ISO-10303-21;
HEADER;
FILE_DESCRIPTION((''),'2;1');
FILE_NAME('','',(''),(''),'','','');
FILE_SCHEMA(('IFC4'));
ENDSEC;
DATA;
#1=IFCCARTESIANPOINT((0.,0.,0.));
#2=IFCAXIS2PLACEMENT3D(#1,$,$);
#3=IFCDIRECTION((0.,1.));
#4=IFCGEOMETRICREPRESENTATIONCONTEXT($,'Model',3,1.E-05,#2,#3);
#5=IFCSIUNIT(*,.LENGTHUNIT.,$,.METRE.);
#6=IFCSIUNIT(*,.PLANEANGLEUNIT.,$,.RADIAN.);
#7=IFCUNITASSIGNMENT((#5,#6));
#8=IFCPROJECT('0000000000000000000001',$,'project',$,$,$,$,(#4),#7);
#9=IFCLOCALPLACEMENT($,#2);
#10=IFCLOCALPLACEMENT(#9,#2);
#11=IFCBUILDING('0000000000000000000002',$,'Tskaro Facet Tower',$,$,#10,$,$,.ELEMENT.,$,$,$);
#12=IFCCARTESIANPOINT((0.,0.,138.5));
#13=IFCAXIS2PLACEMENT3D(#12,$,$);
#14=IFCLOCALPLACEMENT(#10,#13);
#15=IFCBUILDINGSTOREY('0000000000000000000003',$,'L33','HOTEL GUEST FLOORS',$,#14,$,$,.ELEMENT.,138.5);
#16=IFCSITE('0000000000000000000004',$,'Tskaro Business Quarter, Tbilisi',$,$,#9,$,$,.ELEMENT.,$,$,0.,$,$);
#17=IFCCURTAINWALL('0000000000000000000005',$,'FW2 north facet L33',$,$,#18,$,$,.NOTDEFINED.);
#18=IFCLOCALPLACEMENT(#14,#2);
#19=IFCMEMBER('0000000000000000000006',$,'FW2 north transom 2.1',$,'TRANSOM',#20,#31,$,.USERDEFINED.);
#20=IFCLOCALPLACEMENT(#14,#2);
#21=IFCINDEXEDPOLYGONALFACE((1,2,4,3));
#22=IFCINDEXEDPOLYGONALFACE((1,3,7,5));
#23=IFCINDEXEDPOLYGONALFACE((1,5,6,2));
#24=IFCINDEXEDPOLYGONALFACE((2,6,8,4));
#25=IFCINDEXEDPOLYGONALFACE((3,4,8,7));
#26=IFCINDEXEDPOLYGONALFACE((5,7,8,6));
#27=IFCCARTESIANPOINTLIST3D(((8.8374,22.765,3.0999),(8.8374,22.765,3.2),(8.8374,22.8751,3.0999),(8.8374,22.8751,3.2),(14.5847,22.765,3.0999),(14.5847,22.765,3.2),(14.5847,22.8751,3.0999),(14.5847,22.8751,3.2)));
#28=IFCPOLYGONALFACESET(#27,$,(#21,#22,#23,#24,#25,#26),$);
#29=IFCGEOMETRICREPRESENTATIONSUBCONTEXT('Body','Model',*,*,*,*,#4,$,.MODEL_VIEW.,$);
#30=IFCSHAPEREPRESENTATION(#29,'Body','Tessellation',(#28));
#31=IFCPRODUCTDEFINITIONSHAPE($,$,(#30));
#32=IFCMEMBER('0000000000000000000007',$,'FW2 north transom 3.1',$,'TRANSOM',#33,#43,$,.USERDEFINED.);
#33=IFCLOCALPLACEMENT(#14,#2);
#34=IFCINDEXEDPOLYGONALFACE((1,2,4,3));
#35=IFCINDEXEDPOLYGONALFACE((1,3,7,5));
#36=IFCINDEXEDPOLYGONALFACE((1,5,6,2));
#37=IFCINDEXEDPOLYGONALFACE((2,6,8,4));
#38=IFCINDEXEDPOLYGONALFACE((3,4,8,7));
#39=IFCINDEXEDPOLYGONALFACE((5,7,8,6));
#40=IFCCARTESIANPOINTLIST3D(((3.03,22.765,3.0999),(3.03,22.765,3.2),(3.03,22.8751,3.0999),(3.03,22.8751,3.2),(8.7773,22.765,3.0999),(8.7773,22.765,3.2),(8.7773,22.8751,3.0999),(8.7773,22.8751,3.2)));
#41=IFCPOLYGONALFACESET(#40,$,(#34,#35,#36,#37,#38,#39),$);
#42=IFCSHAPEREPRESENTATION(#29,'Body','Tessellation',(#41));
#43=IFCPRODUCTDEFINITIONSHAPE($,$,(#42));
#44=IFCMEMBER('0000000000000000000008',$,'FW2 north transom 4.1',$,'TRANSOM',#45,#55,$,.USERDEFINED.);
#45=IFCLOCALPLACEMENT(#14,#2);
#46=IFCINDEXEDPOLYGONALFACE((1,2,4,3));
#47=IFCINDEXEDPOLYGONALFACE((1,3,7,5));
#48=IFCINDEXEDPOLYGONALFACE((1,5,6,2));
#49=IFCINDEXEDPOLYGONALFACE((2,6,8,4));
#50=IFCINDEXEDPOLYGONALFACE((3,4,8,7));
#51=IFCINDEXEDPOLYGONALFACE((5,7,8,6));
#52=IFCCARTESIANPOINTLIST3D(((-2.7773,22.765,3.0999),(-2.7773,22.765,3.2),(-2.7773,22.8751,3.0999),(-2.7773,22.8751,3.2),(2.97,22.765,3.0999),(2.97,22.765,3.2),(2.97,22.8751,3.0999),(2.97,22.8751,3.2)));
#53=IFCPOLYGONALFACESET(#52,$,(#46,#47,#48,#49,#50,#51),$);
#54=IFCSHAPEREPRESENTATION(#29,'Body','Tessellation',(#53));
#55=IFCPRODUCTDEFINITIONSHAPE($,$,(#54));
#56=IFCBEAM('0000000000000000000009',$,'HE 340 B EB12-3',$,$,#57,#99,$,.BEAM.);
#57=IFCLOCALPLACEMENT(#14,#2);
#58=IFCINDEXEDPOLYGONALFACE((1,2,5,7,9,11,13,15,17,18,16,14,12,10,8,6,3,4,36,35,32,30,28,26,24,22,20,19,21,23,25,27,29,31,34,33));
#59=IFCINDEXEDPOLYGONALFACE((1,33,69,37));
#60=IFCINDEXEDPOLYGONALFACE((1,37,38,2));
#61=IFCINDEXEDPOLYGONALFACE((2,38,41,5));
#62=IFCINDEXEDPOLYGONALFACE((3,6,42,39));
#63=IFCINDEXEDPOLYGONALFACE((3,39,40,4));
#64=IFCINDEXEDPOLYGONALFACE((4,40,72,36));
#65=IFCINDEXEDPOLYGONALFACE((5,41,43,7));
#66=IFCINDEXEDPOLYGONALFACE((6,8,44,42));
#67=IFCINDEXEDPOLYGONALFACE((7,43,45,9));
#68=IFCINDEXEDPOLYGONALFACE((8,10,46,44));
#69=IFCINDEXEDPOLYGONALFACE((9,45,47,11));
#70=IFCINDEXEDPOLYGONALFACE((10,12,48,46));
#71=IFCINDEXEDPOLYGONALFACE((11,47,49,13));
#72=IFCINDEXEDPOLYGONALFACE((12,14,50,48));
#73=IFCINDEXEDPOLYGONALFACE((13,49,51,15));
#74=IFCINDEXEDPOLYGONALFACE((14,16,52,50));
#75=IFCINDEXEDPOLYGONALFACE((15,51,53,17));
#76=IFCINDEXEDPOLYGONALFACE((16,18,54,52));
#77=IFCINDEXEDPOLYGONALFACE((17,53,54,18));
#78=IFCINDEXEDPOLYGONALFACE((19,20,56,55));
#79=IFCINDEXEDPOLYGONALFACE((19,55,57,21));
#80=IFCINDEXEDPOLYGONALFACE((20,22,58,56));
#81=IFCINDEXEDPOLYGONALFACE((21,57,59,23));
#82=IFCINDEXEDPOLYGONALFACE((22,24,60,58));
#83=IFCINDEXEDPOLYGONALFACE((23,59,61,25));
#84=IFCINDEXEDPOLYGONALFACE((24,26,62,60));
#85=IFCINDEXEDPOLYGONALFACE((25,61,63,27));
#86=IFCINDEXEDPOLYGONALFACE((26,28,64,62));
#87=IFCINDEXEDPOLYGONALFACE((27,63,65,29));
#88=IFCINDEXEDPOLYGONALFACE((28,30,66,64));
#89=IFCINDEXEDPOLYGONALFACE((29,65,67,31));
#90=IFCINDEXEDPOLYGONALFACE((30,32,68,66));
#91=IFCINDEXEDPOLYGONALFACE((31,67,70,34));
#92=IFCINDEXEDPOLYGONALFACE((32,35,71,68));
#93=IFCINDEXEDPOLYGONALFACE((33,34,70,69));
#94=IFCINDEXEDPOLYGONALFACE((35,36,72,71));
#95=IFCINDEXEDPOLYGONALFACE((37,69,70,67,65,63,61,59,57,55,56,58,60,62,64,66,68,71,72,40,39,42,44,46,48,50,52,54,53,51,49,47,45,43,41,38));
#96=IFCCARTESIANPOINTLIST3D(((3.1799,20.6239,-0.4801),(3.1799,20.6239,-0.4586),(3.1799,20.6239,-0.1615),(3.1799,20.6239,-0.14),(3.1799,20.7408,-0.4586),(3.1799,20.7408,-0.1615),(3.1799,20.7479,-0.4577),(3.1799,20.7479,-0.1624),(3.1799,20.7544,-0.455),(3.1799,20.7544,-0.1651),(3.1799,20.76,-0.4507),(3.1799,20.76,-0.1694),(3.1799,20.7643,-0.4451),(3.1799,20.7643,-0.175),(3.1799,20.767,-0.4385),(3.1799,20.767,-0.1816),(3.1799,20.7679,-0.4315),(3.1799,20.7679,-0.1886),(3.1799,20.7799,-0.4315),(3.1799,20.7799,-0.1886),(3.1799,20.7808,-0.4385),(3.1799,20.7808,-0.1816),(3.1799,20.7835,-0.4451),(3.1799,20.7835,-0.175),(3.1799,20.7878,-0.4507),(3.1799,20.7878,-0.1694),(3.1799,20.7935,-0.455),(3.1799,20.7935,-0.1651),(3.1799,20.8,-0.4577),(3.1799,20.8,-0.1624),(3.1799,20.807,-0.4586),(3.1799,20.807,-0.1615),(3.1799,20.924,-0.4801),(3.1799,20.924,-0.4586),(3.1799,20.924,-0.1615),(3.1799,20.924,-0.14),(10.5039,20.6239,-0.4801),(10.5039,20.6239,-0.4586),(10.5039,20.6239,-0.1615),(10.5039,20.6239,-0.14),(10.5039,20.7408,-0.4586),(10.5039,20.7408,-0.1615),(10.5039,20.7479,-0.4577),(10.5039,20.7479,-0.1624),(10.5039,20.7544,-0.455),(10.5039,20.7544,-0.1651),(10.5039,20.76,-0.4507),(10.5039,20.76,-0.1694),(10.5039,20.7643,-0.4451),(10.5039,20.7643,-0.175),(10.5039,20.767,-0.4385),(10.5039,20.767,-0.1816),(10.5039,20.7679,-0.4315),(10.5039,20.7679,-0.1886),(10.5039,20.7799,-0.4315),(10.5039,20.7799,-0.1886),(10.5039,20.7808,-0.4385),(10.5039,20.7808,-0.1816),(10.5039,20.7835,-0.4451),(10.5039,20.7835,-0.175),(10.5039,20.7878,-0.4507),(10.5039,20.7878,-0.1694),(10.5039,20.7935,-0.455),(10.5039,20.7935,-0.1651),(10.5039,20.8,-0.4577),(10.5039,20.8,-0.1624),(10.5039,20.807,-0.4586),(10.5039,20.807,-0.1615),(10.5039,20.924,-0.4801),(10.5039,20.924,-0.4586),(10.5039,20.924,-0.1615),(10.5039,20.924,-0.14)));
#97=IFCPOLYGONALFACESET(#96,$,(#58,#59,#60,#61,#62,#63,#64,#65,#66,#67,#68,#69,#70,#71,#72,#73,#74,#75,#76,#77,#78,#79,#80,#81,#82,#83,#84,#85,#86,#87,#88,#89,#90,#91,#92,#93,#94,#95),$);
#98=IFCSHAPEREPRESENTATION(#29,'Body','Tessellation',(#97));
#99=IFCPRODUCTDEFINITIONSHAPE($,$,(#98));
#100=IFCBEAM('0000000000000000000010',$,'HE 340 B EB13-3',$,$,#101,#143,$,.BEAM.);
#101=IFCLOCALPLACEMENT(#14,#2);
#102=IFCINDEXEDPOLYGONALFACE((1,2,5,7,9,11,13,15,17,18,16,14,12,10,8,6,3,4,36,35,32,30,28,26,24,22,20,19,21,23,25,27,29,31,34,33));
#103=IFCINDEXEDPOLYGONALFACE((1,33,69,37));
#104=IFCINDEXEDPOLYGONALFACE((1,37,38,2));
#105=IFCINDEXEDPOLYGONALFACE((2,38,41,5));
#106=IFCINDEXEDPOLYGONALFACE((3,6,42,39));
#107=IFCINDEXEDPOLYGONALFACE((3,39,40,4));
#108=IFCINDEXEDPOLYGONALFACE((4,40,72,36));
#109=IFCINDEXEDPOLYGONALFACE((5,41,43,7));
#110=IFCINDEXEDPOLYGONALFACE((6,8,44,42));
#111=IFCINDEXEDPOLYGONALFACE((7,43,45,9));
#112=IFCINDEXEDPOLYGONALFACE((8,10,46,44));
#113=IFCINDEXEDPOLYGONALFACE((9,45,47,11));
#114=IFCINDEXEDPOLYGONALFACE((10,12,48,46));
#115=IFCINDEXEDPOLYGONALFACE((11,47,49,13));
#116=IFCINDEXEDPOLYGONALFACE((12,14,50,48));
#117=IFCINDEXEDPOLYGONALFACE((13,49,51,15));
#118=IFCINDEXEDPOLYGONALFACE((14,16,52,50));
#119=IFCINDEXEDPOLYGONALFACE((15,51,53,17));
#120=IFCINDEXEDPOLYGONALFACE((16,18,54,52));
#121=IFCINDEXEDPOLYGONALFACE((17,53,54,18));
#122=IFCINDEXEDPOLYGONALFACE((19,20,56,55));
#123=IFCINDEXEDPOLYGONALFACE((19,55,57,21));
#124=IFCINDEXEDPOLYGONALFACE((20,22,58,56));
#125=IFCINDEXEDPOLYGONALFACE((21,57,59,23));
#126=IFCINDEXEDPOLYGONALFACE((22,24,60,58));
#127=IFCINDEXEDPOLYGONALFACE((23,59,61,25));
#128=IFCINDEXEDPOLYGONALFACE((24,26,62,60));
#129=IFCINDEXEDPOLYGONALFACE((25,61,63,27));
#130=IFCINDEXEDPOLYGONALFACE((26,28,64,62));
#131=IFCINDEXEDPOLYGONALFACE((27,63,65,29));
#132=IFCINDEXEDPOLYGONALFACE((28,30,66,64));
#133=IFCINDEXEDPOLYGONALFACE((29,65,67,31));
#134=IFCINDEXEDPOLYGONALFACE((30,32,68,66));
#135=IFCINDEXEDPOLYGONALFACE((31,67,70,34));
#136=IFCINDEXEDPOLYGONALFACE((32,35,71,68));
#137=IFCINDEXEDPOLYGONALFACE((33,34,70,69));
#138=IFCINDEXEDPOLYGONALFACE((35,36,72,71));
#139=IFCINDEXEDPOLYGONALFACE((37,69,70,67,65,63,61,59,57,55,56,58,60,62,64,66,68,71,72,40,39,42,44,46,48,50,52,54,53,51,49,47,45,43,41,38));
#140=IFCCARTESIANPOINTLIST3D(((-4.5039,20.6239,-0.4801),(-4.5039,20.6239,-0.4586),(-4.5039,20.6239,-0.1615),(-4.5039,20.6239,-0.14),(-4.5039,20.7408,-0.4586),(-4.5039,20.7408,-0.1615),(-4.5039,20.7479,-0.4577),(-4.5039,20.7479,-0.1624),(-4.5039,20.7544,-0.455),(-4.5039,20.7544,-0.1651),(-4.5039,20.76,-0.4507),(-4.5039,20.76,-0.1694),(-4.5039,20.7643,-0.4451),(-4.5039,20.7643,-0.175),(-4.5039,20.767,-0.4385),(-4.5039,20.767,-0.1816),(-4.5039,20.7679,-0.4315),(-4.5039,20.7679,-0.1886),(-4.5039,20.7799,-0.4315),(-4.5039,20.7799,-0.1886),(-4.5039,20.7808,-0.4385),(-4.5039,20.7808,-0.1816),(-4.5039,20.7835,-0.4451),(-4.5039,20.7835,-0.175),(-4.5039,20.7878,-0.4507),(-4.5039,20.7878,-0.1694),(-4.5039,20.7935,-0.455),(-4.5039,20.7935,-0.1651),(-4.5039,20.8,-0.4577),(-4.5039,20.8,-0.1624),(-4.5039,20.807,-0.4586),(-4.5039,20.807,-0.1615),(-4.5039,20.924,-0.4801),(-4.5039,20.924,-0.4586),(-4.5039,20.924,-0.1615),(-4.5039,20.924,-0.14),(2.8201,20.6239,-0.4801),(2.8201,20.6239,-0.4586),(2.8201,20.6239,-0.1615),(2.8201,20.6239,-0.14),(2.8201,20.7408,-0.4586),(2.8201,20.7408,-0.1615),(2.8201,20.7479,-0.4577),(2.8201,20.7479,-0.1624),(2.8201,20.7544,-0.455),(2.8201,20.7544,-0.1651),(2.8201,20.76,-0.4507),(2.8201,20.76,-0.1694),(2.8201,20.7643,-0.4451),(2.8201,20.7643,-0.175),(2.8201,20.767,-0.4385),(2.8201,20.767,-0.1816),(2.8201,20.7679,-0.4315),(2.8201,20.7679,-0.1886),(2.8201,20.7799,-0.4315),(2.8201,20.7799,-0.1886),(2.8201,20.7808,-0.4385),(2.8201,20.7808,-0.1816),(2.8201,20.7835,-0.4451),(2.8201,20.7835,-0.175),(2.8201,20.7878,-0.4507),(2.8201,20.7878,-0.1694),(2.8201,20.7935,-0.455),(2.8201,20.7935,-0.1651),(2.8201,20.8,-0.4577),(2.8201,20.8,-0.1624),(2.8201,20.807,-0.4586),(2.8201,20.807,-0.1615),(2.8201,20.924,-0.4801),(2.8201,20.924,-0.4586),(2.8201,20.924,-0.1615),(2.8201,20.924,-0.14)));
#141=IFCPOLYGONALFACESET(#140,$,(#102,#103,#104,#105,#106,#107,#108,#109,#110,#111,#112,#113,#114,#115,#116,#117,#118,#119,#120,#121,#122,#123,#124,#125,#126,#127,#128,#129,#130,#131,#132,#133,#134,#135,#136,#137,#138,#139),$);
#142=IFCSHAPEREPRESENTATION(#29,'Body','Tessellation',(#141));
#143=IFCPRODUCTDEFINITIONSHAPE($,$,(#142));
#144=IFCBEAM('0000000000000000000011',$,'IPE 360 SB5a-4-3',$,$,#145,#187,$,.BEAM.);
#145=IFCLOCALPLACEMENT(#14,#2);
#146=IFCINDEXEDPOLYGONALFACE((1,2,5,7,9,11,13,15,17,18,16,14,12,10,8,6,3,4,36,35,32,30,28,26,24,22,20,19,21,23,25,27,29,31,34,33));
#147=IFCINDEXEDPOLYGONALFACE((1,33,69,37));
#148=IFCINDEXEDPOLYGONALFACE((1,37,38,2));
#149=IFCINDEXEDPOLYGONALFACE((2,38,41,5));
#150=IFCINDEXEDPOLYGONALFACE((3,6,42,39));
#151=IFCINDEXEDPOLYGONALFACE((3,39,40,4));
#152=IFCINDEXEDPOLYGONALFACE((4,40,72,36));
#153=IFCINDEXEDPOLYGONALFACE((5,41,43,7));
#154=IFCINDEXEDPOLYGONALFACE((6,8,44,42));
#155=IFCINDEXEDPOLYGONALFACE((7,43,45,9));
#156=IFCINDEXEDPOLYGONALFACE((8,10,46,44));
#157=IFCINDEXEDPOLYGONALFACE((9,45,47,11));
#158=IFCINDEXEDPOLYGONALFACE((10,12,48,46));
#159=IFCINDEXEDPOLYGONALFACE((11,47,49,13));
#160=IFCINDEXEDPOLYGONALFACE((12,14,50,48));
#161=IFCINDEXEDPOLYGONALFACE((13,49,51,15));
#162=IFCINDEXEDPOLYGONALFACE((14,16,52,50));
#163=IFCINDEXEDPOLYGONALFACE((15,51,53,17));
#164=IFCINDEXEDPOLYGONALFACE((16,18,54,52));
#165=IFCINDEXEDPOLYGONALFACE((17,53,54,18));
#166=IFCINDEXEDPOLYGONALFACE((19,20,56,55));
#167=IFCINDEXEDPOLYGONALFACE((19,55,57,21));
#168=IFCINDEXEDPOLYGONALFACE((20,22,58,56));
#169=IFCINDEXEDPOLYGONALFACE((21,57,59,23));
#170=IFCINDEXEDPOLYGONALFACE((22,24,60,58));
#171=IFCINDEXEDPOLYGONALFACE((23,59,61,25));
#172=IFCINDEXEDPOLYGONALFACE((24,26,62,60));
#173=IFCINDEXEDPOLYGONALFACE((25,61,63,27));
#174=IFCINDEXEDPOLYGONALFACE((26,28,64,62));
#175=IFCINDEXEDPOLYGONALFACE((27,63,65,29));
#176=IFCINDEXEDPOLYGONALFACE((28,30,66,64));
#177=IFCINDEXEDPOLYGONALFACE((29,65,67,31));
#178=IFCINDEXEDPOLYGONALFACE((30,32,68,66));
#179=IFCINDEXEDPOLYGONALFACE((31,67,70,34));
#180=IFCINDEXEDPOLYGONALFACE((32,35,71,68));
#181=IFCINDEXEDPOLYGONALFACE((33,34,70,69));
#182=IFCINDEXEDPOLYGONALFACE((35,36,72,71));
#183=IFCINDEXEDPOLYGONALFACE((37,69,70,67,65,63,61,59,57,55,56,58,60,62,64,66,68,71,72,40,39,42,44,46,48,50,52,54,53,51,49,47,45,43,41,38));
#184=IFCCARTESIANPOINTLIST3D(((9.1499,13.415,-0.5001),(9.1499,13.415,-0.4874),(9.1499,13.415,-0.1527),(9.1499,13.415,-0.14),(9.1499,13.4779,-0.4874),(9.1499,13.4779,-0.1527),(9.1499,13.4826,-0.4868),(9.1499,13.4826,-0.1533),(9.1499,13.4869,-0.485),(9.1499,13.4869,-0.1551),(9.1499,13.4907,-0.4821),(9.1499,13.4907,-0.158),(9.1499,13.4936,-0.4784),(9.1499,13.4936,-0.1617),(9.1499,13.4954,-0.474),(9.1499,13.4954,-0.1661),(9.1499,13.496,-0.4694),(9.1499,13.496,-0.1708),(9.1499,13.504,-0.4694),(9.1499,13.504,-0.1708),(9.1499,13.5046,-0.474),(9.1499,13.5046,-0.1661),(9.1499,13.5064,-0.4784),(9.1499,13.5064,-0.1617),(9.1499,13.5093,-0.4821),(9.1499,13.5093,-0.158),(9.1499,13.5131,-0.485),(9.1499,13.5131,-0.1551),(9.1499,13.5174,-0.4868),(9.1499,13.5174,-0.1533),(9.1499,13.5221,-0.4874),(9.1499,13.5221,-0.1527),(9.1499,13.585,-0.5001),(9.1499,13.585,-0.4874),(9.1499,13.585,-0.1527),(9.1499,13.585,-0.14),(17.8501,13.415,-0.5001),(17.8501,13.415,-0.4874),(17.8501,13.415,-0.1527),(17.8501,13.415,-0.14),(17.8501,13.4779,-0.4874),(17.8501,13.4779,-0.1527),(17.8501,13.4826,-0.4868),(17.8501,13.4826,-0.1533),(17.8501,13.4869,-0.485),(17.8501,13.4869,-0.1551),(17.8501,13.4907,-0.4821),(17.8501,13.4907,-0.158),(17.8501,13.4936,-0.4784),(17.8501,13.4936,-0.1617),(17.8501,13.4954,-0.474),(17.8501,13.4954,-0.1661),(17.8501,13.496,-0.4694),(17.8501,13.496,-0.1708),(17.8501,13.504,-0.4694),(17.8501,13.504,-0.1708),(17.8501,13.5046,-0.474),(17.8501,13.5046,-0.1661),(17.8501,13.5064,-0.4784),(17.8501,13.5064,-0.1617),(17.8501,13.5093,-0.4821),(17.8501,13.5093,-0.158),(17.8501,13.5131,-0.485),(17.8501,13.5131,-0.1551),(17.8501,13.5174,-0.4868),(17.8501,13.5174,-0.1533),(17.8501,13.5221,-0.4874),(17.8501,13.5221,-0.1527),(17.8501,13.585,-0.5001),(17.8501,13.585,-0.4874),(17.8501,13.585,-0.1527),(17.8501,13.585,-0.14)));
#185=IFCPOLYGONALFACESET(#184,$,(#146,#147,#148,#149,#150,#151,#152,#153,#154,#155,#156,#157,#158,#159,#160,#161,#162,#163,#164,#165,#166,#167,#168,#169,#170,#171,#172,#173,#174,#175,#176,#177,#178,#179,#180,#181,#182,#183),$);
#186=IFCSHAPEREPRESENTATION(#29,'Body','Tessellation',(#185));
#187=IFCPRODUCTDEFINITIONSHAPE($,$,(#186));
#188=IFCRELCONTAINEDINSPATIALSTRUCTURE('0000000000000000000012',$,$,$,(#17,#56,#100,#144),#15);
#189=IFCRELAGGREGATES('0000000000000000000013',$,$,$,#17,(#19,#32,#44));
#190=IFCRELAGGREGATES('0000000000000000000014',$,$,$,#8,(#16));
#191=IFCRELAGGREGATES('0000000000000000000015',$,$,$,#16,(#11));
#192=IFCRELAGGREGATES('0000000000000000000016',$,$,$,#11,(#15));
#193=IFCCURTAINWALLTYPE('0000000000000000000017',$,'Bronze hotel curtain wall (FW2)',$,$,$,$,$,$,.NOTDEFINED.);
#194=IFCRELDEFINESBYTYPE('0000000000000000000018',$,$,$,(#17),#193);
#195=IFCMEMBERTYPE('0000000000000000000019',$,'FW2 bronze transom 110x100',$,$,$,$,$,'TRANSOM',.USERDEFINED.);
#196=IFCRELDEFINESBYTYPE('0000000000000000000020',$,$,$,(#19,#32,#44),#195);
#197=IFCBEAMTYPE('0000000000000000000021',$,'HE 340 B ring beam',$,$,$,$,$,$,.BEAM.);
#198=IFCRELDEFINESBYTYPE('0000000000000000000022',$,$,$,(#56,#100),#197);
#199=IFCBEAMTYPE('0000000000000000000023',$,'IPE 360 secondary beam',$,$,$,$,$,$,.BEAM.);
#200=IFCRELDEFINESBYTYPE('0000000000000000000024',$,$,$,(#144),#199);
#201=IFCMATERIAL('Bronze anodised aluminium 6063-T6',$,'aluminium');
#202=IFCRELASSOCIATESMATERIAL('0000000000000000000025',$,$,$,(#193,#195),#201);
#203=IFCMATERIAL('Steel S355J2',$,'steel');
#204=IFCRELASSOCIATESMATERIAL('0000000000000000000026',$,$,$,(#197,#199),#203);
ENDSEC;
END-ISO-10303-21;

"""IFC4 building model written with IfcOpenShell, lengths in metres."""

from ifc_helpers import new_model, si_unit, direction, frame, origin, origin_2d, place, context, subcontext, project, spatial, rectangle, i_section, extrude, material, material_profile, profile_set, type_object, element, aggregate, save


model = new_model("IFC4")

# Units and contexts
model_context = context("Model", 3, precision=1e-05, world=origin(), true_north=direction((0.0, 1.0)))
body_context = subcontext(model_context, "Body", "Model", "MODEL_VIEW")
ifc_project = project(units=[si_unit("LENGTHUNIT", "METRE"), si_unit("PLANEANGLEUNIT", "RADIAN")], contexts=[model_context])

# Site, building, storey
site_placement = place(None, origin())
site = spatial("IfcSite", under=ifc_project, at=site_placement, Name="Tskaro Business Quarter, Tbilisi", CompositionType="ELEMENT", RefElevation=0.0)
building_placement = place(site_placement, origin())
building = spatial("IfcBuilding", under=site, at=building_placement, Name="Tskaro Facet Tower", CompositionType="ELEMENT")
storey_placement = place(building_placement, frame((0.0, 0.0, 138.5)))
storey = spatial("IfcBuildingStorey", under=building, at=storey_placement, Name="L33", Description="HOTEL GUEST FLOORS", CompositionType="ELEMENT", Elevation=138.5)

# Curtain wall, members
ifc_material_1 = material(Name="Bronze anodised aluminium 6063-T6", Category="aluminium")
curtain_wall_type = type_object("IfcCurtainWallType", Name="Bronze hotel curtain wall (FW2)", PredefinedType="NOTDEFINED", material=ifc_material_1)
curtain_wall_placement = place(storey_placement, origin())
curtain_wall = element("IfcCurtainWall", 1, at=curtain_wall_placement, inside=storey, type_object=curtain_wall_type, Name="FW2 north facet L33", PredefinedType="NOTDEFINED")
ifc_material_profile_1 = material_profile(ifc_material_1, rectangle(XDim=0.1101, YDim=0.1001, at=origin_2d()), Name="Transom 110x100")
ifc_profile_set_1 = profile_set([ifc_material_profile_1], Name="Bronze anodised aluminium 6063-T6")
member_type_1 = type_object("IfcMemberType", Name="FW2 bronze transom 110x100", ElementType="TRANSOM", PredefinedType="USERDEFINED", material=ifc_profile_set_1)
member_1_placement = place(storey_placement, frame((14.5847, 22.8201, 3.1499), z_axis=(-1.0, 0.0, 0.0), x_axis=(0.0, -1.0, 0.0)))
member_1 = element("IfcMember", 2, at=member_1_placement, type_object=member_type_1, Name="FW2 north transom 2.1", ObjectType="TRANSOM", PredefinedType="USERDEFINED", context=body_context, shape_type="SweptSolid", body=[
    extrude(rectangle(XDim=0.1101, YDim=0.1001, at=origin_2d()), origin(), (0.0, 0.0, 1.0), 5.7473),
])
member_2_placement = place(storey_placement, frame((8.7773, 22.8201, 3.1499), z_axis=(-1.0, 0.0, 0.0), x_axis=(0.0, -1.0, 0.0)))
member_2 = element("IfcMember", 3, at=member_2_placement, type_object=member_type_1, Name="FW2 north transom 3.1", ObjectType="TRANSOM", PredefinedType="USERDEFINED", context=body_context, shape_type="SweptSolid", body=[
    extrude(rectangle(XDim=0.1101, YDim=0.1001, at=origin_2d()), origin(), (0.0, 0.0, 1.0), 5.7473),
])
member_3_placement = place(storey_placement, frame((2.97, 22.8201, 3.1499), z_axis=(-1.0, 0.0, 0.0), x_axis=(0.0, -1.0, 0.0)))
member_3 = element("IfcMember", 4, at=member_3_placement, type_object=member_type_1, Name="FW2 north transom 4.1", ObjectType="TRANSOM", PredefinedType="USERDEFINED", context=body_context, shape_type="SweptSolid", body=[
    extrude(rectangle(XDim=0.1101, YDim=0.1001, at=origin_2d()), origin(), (0.0, 0.0, 1.0), 5.7473),
])

# Beams
ifc_material_2 = material(Name="Steel S355J2", Category="steel")
ifc_material_profile_2 = material_profile(ifc_material_2, i_section(OverallWidth=0.3, OverallDepth=0.3401, WebThickness=0.012, FlangeThickness=0.0215, FilletRadius=0.0271, at=origin_2d()), Name="HE 340 B")
ifc_profile_set_2 = profile_set([ifc_material_profile_2], Name="Steel S355J2")
beam_type_1 = type_object("IfcBeamType", Name="HE 340 B ring beam", PredefinedType="BEAM", material=ifc_profile_set_2)
for number, where, z_axis, x_axis, name in (
    (5, (10.5039, 20.7739, -0.3101), (-1.0, 0.0, 0.0), (0.0, -1.0, 0.0), "HE 340 B EB12-3"),
    (6, (2.8201, 20.7739, -0.3101), (-1.0, 0.0, 0.0), (0.0, -1.0, 0.0), "HE 340 B EB13-3"),
):
    element("IfcBeam", number, at=place(storey_placement, frame(where, z_axis=z_axis, x_axis=x_axis)), inside=storey, type_object=beam_type_1, Name=name, PredefinedType="BEAM", context=body_context, shape_type="SweptSolid", body=[
        extrude(i_section(OverallWidth=0.3, OverallDepth=0.3401, WebThickness=0.012, FlangeThickness=0.0215, FilletRadius=0.0271, at=origin_2d()), origin(), (0.0, 0.0, 1.0), 7.324),
    ])
ifc_material_profile_3 = material_profile(ifc_material_2, i_section(OverallWidth=0.1699, OverallDepth=0.3601, WebThickness=0.0081, FlangeThickness=0.0127, FilletRadius=0.0181, at=origin_2d()), Name="IPE 360")
ifc_profile_set_3 = profile_set([ifc_material_profile_3], Name="Steel S355J2")
beam_type_2 = type_object("IfcBeamType", Name="IPE 360 secondary beam", PredefinedType="BEAM", material=ifc_profile_set_3)
beam_placement = place(storey_placement, frame((9.1499, 13.5, -0.3201), z_axis=(1.0, 0.0, 0.0), x_axis=(0.0, 1.0, 0.0)))
element("IfcBeam", 7, at=beam_placement, inside=storey, type_object=beam_type_2, Name="IPE 360 SB5a-4-3", PredefinedType="BEAM", context=body_context, shape_type="SweptSolid", body=[
    extrude(i_section(OverallWidth=0.1699, OverallDepth=0.3601, WebThickness=0.0081, FlangeThickness=0.0127, FilletRadius=0.0181, at=origin_2d()), origin(), (0.0, 0.0, 1.0), 8.7002),
])

aggregate(curtain_wall, [member_1, member_2, member_3])

save(model, "model.ifc")
